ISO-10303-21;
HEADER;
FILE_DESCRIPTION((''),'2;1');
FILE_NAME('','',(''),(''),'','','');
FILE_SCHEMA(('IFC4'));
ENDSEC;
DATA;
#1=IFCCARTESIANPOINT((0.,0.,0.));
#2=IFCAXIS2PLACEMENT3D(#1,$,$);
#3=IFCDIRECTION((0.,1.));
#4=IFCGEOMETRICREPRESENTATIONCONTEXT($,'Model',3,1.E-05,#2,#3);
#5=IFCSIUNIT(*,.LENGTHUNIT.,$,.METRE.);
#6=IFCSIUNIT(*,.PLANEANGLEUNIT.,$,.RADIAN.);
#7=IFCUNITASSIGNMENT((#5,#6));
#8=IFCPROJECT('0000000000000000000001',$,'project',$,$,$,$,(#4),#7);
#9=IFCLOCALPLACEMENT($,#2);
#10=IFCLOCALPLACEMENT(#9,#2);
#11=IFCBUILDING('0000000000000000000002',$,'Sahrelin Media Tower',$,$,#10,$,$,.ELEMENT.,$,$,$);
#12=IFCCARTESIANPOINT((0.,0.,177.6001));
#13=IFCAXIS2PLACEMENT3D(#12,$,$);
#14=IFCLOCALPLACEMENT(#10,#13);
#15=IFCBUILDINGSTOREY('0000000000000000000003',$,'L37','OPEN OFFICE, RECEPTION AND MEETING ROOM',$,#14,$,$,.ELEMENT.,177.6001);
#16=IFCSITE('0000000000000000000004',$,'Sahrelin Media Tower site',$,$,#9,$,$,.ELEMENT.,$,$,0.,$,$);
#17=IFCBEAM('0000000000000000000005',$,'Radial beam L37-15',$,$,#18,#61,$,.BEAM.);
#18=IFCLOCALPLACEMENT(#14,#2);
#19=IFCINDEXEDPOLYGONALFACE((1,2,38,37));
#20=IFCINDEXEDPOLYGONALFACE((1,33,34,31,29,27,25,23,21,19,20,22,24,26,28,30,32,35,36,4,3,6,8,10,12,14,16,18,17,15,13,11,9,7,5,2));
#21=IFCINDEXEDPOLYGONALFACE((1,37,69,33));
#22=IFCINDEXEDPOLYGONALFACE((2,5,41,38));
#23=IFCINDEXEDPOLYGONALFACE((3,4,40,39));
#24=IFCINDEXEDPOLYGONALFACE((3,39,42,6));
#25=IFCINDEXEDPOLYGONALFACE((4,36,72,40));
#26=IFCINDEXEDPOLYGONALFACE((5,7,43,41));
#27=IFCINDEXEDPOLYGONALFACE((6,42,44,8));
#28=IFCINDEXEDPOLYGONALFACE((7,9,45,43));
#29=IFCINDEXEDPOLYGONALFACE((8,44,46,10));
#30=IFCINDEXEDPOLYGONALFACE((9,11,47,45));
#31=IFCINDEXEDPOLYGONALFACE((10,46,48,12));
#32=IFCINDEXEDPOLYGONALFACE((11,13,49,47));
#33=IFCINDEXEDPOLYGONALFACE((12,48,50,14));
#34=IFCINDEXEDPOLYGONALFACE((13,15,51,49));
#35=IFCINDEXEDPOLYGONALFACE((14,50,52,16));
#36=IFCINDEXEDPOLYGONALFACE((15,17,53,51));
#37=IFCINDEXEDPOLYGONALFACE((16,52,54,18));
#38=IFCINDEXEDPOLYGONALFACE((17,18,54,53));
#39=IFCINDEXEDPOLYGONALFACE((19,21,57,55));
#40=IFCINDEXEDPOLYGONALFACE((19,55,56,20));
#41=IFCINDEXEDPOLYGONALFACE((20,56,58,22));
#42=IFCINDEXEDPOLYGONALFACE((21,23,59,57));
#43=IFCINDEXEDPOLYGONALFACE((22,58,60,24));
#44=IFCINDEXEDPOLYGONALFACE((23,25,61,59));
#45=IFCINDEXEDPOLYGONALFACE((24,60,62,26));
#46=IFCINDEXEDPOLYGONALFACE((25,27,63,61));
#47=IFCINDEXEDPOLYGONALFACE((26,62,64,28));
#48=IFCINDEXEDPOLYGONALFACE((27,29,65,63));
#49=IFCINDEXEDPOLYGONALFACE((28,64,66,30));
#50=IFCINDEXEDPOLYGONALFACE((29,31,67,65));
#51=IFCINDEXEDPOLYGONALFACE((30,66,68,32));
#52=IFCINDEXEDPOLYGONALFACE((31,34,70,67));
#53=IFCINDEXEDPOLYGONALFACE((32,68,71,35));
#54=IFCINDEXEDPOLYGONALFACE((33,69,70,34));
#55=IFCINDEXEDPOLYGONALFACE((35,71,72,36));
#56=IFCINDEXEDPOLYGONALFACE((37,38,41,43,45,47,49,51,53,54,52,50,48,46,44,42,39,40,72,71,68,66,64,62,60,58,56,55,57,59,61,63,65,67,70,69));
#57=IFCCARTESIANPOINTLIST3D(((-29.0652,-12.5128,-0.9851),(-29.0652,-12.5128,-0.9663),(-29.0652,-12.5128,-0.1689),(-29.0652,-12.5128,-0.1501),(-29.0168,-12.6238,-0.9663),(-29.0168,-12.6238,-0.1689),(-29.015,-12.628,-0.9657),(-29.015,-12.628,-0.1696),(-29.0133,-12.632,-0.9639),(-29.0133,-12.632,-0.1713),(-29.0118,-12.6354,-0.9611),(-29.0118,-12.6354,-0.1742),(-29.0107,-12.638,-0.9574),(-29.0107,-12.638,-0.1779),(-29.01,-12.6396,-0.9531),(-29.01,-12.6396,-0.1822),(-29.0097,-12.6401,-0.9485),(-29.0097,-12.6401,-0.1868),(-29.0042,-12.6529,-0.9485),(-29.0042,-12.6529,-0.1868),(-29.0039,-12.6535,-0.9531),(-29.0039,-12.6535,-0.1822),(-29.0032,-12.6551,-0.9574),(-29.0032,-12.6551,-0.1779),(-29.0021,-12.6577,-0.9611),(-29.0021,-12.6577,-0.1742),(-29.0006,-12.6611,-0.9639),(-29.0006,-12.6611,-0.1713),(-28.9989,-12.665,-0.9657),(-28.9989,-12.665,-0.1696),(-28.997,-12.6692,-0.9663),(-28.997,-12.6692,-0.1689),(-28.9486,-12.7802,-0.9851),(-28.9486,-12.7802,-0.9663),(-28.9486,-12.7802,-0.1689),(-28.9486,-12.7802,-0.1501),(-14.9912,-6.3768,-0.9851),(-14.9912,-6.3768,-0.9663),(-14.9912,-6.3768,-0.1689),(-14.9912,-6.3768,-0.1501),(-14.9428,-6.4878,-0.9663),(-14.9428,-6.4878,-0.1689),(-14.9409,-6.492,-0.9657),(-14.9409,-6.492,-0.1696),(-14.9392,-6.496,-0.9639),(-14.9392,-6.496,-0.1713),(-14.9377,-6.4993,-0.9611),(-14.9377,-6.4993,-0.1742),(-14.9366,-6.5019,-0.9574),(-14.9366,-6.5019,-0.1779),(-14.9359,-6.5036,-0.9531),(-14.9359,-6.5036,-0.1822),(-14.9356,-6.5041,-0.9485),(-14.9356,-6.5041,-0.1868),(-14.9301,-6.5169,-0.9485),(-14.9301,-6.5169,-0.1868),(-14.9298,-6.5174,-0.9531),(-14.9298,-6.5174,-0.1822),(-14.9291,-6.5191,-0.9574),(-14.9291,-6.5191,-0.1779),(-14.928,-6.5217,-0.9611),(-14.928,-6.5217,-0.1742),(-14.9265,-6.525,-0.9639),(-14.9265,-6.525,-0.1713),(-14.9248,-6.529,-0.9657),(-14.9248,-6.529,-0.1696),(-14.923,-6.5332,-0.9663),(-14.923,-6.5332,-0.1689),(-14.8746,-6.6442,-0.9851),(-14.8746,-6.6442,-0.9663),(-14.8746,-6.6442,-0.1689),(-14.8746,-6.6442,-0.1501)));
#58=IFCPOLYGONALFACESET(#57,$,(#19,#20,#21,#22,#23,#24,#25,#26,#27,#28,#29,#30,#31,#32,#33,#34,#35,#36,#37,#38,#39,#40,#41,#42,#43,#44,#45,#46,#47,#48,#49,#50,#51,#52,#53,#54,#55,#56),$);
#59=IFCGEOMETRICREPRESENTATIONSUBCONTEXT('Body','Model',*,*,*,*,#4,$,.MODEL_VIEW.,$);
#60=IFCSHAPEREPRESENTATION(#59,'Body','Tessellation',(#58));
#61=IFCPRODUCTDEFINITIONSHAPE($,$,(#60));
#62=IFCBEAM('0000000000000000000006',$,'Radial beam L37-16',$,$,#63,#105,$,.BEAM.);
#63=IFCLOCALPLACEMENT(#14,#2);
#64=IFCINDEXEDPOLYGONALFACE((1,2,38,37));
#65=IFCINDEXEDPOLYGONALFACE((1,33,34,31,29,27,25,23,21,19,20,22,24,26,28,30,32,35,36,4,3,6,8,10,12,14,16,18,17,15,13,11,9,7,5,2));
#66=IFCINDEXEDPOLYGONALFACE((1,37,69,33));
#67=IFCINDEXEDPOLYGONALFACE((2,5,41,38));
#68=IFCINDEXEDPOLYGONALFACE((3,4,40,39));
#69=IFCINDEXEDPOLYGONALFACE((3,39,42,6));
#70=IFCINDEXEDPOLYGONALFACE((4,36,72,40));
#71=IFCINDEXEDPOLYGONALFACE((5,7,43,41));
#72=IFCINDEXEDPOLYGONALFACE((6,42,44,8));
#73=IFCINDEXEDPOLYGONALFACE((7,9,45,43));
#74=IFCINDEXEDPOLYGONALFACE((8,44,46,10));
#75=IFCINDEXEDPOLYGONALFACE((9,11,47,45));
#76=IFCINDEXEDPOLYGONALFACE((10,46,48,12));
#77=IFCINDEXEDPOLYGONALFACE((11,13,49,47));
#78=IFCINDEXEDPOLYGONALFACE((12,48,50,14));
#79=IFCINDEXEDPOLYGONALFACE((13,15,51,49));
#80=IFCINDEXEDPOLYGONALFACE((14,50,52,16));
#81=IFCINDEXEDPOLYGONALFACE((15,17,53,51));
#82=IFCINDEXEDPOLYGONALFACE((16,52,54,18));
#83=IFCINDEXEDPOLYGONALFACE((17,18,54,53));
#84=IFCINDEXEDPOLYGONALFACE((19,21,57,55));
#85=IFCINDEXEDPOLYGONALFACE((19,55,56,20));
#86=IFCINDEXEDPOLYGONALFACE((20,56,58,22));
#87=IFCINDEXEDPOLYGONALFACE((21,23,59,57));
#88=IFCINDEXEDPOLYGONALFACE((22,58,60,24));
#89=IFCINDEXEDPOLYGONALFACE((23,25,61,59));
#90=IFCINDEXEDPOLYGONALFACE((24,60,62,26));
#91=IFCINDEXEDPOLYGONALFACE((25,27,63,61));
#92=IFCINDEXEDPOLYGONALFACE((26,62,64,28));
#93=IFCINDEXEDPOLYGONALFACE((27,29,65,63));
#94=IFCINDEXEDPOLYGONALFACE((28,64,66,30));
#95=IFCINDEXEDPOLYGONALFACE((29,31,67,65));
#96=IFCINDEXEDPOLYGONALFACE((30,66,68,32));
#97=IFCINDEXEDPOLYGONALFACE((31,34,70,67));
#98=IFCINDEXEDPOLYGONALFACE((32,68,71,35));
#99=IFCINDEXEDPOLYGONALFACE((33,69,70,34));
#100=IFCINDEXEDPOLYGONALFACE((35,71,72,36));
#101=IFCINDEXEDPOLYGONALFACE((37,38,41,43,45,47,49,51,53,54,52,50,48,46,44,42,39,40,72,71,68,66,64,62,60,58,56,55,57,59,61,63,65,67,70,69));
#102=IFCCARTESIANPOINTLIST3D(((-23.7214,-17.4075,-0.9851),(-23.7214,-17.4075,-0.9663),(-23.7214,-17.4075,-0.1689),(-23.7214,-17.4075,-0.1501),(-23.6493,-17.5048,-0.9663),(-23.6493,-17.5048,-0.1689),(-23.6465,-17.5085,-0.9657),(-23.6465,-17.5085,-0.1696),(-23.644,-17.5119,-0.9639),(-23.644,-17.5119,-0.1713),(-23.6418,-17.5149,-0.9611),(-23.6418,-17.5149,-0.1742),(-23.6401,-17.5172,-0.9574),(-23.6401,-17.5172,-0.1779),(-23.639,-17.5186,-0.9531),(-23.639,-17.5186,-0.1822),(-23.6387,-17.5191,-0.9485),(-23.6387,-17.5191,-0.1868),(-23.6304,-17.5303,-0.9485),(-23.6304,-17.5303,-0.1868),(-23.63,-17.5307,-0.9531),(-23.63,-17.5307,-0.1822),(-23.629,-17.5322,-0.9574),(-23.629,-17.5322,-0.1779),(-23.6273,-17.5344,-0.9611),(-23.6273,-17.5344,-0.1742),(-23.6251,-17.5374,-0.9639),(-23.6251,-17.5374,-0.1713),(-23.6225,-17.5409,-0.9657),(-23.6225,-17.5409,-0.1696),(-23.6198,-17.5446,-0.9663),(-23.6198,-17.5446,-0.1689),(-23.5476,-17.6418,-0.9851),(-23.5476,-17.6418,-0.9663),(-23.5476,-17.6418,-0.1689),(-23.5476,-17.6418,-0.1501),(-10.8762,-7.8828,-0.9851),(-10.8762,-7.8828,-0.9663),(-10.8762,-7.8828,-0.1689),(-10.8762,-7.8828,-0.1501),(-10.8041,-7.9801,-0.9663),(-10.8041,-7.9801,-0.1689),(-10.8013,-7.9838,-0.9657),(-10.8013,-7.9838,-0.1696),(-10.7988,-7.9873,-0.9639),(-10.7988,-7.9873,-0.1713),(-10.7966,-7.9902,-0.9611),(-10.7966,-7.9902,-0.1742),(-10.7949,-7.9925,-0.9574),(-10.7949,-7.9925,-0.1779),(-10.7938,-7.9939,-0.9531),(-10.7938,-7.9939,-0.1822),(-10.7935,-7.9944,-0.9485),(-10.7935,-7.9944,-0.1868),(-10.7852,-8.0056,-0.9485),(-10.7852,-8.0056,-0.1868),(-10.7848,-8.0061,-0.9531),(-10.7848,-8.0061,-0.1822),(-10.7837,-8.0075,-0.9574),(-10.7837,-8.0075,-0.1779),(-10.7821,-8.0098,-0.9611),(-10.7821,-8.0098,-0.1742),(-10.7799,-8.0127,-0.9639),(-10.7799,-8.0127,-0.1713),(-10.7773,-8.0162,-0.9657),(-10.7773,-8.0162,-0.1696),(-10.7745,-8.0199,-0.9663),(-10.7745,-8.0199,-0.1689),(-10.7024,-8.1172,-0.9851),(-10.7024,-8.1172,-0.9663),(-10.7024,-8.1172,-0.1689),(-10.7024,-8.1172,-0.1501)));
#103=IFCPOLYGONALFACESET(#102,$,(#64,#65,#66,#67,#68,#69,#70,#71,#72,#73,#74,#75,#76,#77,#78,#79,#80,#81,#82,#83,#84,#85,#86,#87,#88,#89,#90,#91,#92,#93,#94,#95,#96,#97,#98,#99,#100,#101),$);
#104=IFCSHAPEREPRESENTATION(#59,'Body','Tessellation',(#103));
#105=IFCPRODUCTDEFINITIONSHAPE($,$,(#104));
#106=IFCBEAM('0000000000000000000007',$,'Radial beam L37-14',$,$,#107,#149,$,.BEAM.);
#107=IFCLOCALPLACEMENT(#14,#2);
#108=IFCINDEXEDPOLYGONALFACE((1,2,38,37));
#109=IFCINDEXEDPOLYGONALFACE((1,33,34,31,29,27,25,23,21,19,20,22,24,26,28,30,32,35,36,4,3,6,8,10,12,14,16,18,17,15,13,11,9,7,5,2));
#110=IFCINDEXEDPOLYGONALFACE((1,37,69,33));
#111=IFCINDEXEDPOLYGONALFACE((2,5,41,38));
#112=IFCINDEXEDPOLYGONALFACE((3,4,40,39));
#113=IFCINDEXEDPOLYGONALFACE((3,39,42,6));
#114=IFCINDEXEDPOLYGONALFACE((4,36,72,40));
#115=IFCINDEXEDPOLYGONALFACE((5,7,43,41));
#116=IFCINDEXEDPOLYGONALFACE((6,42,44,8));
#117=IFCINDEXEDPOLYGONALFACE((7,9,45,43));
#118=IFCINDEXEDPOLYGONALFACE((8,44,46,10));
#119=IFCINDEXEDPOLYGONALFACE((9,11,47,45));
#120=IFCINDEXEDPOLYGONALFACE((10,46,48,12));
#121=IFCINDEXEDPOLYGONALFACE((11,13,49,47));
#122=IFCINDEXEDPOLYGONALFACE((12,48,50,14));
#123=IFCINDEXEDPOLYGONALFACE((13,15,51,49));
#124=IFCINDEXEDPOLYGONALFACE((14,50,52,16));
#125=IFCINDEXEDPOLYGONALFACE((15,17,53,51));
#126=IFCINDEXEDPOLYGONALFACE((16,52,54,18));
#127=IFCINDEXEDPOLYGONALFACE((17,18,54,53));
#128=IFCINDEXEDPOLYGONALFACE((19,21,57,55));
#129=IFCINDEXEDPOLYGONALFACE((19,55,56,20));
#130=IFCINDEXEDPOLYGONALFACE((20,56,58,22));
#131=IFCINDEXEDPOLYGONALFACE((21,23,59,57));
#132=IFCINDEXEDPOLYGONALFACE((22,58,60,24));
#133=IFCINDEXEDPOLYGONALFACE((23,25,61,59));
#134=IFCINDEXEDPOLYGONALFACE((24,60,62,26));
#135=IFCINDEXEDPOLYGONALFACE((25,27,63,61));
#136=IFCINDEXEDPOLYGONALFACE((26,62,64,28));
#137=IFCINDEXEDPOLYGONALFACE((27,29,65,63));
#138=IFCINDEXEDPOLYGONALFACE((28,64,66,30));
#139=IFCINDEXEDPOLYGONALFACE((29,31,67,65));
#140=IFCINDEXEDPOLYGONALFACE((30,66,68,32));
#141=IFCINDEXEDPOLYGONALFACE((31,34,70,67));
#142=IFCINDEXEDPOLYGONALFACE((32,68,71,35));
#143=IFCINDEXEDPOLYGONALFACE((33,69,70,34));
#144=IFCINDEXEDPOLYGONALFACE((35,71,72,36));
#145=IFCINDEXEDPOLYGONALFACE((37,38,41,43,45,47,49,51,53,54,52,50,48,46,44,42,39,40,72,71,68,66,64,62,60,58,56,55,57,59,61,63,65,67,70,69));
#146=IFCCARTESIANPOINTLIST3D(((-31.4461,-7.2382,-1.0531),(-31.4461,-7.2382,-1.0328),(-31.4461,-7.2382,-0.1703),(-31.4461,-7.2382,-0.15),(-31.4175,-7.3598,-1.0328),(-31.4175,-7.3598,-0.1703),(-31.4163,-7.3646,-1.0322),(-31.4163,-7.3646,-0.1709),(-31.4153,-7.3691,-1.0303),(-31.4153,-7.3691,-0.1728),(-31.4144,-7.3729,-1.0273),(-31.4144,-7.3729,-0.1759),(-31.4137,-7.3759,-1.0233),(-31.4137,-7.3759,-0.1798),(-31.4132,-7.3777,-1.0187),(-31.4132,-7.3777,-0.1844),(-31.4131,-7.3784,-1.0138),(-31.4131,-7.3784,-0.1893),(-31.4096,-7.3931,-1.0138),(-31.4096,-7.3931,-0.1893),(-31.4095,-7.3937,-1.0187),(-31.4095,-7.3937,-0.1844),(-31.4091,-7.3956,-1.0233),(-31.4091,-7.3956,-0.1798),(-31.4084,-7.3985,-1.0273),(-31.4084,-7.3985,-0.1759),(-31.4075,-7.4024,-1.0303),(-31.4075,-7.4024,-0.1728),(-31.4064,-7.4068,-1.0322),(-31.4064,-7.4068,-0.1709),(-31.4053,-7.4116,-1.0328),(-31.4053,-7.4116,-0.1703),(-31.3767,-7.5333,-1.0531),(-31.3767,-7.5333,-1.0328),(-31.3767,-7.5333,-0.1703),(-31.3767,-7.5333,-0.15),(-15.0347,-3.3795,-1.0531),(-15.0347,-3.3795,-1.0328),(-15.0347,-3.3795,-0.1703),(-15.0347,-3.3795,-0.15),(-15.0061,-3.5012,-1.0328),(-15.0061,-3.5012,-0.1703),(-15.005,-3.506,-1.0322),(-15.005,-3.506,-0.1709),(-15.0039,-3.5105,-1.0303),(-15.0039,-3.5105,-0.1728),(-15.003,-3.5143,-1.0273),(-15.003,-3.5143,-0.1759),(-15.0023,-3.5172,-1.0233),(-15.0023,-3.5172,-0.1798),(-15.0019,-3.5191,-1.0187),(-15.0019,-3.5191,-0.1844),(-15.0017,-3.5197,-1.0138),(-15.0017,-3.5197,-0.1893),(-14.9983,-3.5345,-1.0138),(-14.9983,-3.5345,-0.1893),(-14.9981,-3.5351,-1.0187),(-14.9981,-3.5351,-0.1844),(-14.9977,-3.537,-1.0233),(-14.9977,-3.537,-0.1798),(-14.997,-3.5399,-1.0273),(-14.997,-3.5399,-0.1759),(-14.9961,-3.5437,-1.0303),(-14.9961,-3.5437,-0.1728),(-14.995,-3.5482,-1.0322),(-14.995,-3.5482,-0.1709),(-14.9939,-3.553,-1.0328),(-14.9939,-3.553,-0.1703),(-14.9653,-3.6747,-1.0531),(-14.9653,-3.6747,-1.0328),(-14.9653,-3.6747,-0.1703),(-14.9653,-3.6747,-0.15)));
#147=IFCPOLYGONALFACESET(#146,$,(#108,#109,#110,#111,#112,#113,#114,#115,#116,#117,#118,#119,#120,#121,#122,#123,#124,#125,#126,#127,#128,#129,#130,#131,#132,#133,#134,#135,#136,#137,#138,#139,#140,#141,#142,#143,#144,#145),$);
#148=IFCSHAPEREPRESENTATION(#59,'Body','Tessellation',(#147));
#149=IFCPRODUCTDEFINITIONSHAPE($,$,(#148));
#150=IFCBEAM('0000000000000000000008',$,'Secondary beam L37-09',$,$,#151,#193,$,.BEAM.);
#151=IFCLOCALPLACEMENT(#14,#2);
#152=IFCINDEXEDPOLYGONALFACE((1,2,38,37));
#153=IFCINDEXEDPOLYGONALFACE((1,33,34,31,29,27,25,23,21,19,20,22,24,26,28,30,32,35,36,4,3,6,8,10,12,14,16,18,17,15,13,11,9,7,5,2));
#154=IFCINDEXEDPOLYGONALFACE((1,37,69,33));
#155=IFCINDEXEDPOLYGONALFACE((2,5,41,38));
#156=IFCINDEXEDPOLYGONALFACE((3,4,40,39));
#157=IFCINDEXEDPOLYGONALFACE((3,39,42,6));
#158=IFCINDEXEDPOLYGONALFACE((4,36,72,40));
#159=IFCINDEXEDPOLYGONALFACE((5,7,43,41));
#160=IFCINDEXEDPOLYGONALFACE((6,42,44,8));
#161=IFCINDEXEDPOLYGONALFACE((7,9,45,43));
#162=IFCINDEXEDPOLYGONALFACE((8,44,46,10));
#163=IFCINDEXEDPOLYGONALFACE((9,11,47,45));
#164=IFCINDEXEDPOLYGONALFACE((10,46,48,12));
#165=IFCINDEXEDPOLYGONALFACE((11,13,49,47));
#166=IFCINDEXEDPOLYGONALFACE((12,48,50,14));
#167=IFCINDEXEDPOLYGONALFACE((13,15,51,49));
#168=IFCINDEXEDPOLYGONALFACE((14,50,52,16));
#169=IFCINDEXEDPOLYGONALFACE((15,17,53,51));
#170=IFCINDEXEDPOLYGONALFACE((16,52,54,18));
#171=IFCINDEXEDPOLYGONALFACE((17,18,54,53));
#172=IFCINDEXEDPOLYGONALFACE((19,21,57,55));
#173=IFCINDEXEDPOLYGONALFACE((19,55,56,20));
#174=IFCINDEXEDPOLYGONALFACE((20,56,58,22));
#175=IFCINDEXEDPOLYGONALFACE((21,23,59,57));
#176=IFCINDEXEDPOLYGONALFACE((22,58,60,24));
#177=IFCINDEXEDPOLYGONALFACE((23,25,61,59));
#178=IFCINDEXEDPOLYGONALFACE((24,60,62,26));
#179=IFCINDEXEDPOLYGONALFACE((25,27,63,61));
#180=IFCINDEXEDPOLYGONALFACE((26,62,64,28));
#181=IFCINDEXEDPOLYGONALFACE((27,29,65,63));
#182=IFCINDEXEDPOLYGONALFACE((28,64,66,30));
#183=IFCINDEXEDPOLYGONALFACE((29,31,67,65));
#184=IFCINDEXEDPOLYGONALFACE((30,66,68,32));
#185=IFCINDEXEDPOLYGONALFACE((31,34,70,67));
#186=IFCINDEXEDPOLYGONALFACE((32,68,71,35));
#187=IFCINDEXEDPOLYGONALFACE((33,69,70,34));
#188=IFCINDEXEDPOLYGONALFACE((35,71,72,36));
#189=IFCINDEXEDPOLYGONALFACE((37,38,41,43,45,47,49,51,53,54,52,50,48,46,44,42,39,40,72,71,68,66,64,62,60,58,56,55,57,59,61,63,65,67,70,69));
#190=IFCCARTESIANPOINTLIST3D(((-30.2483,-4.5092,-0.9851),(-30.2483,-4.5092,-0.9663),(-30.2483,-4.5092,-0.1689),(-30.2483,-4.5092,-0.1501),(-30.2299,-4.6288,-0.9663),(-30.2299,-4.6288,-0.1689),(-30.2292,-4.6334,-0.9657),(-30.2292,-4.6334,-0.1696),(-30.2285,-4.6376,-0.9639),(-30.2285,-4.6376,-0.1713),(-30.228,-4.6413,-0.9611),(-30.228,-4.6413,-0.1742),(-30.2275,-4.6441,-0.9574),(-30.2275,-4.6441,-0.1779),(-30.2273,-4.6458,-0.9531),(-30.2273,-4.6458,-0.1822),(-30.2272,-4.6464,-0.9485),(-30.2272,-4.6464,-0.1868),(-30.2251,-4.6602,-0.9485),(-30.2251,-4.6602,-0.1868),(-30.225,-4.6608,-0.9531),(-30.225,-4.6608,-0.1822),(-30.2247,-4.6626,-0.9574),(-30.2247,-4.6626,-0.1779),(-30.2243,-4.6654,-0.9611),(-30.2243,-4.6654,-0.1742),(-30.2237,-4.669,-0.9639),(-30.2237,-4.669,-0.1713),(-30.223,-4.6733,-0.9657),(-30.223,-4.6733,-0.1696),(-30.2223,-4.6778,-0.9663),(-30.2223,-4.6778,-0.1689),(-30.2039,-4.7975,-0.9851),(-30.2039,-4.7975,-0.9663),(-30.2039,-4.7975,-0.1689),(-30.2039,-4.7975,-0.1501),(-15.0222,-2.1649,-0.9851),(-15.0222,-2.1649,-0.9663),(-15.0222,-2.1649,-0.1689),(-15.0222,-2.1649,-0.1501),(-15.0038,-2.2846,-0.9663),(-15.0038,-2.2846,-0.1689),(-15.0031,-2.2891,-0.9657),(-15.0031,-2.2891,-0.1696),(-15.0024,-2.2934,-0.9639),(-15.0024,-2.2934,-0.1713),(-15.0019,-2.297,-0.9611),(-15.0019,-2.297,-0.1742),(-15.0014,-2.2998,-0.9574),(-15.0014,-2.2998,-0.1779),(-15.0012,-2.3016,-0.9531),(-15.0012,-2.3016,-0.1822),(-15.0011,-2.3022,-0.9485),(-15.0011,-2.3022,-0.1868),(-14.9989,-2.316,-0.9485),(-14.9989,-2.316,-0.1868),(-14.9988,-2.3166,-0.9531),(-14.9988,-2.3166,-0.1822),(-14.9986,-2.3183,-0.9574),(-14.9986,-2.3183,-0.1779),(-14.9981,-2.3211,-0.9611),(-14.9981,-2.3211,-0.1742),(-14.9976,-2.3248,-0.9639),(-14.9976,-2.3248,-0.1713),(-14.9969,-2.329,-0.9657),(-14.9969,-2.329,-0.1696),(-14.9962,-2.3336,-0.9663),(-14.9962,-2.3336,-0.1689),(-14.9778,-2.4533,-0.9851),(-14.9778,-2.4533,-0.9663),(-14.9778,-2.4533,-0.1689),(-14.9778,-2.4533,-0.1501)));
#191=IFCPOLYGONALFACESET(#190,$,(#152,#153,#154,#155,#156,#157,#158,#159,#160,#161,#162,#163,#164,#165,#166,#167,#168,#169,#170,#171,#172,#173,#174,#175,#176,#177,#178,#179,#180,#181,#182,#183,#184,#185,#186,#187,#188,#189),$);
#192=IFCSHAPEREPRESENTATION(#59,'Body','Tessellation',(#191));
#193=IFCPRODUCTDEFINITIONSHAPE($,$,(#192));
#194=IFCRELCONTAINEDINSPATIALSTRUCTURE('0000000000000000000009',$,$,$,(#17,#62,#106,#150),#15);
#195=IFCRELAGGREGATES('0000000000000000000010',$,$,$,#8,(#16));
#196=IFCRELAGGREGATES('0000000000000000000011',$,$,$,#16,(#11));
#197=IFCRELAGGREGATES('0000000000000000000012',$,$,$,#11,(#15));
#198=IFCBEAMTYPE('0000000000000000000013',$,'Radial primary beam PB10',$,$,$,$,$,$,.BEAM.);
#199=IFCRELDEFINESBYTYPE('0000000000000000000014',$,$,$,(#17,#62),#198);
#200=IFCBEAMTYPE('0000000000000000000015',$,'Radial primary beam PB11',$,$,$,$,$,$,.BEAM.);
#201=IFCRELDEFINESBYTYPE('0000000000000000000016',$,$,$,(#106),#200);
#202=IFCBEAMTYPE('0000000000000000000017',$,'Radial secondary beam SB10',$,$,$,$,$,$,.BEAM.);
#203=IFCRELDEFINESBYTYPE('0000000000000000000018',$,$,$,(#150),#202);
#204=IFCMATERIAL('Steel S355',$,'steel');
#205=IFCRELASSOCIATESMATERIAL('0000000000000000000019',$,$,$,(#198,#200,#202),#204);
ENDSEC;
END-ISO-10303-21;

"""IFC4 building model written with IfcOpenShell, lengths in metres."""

from ifc_helpers import new_model, si_unit, direction, frame, origin, origin_2d, place, context, subcontext, project, spatial, i_section, extrude, material, material_profile, profile_set, type_object, element, save


model = new_model("IFC4")

# Units and contexts
model_context = context("Model", 3, precision=1e-05, world=origin(), true_north=direction((0.0, 1.0)))
body_context = subcontext(model_context, "Body", "Model", "MODEL_VIEW")
ifc_project = project(units=[si_unit("LENGTHUNIT", "METRE"), si_unit("PLANEANGLEUNIT", "RADIAN")], contexts=[model_context])

# Site, building, storey
site_placement = place(None, origin())
site = spatial("IfcSite", under=ifc_project, at=site_placement, Name="Sahrelin Media Tower site", CompositionType="ELEMENT", RefElevation=0.0)
building_placement = place(site_placement, origin())
building = spatial("IfcBuilding", under=site, at=building_placement, Name="Sahrelin Media Tower", CompositionType="ELEMENT")
storey_placement = place(building_placement, frame((0.0, 0.0, 177.6001)))
storey = spatial("IfcBuildingStorey", under=building, at=storey_placement, Name="L37", Description="OPEN OFFICE, RECEPTION AND MEETING ROOM", CompositionType="ELEMENT", Elevation=177.6001)

# Beams
ifc_material_1 = material(Name="Steel S355", Category="steel")
ifc_material_profile_1 = material_profile(ifc_material_1, i_section(OverallWidth=0.2917, OverallDepth=0.835, WebThickness=0.0139, FlangeThickness=0.0188, FilletRadius=0.0178, at=origin_2d()), Name="UB 838x292x176")
ifc_profile_set_1 = profile_set([ifc_material_profile_1], Name="Steel S355")
beam_type_1 = type_object("IfcBeamType", Name="Radial primary beam PB10", PredefinedType="BEAM", material=ifc_profile_set_1)
beam_1_placement = place(storey_placement, frame((-14.9329, -6.5105, -0.5676), z_axis=(-0.916668, -0.39965, 0.0), x_axis=(0.39965, -0.916668, 0.0)))
element("IfcBeam", 1, at=beam_1_placement, inside=storey, type_object=beam_type_1, Name="Radial beam L37-15", PredefinedType="BEAM", context=body_context, shape_type="SweptSolid", body=[
    extrude(i_section(OverallWidth=0.2917, OverallDepth=0.835, WebThickness=0.0139, FlangeThickness=0.0188, FilletRadius=0.0178, at=origin_2d()), origin(), (0.0, 0.0, 1.0), 15.3535),
])
beam_2_placement = place(storey_placement, frame((-10.7893, -8.0, -0.5676), z_axis=(-0.803267, -0.595619, 0.0), x_axis=(0.595619, -0.803267, 0.0)))
element("IfcBeam", 2, at=beam_2_placement, inside=storey, type_object=beam_type_1, Name="Radial beam L37-16", PredefinedType="BEAM", context=body_context, shape_type="SweptSolid", body=[
    extrude(i_section(OverallWidth=0.2917, OverallDepth=0.835, WebThickness=0.0139, FlangeThickness=0.0188, FilletRadius=0.0178, at=origin_2d()), origin(), (0.0, 0.0, 1.0), 15.9912),
])
ifc_material_profile_2 = material_profile(ifc_material_1, i_section(OverallWidth=0.3032, OverallDepth=0.9031, WebThickness=0.0151, FlangeThickness=0.0203, FilletRadius=0.019, at=origin_2d()), Name="UB 914x305x201")
ifc_profile_set_2 = profile_set([ifc_material_profile_2], Name="Steel S355")
beam_type_2 = type_object("IfcBeamType", Name="Radial primary beam PB11", PredefinedType="BEAM", material=ifc_profile_set_2)
beam_3_placement = place(storey_placement, frame((-15.0, -3.5271, -0.6016), z_axis=(-0.973455, -0.228879, 0.0), x_axis=(0.228879, -0.973455, 0.0)))
element("IfcBeam", 3, at=beam_3_placement, inside=storey, type_object=beam_type_2, Name="Radial beam L37-14", PredefinedType="BEAM", context=body_context, shape_type="SweptSolid", body=[
    extrude(i_section(OverallWidth=0.3032, OverallDepth=0.9031, WebThickness=0.0151, FlangeThickness=0.0203, FilletRadius=0.019, at=origin_2d()), origin(), (0.0, 0.0, 1.0), 16.8589),
])
ifc_material_profile_3 = material_profile(ifc_material_1, i_section(OverallWidth=0.2917, OverallDepth=0.835, WebThickness=0.0139, FlangeThickness=0.0188, FilletRadius=0.0178, at=origin_2d()), Name="UB 838x292x176")
ifc_profile_set_3 = profile_set([ifc_material_profile_3], Name="Steel S355")
beam_type_3 = type_object("IfcBeamType", Name="Radial secondary beam SB10", PredefinedType="BEAM", material=ifc_profile_set_3)
beam_4_placement = place(storey_placement, frame((-15.0, -2.3091, -0.5676), z_axis=(-0.988354, -0.152169, 0.0), x_axis=(0.152169, -0.988354, 0.0)))
element("IfcBeam", 4, at=beam_4_placement, inside=storey, type_object=beam_type_3, Name="Secondary beam L37-09", PredefinedType="BEAM", context=body_context, shape_type="SweptSolid", body=[
    extrude(i_section(OverallWidth=0.2917, OverallDepth=0.835, WebThickness=0.0139, FlangeThickness=0.0188, FilletRadius=0.0178, at=origin_2d()), origin(), (0.0, 0.0, 1.0), 15.4055),
])

save(model, "model.ifc")
